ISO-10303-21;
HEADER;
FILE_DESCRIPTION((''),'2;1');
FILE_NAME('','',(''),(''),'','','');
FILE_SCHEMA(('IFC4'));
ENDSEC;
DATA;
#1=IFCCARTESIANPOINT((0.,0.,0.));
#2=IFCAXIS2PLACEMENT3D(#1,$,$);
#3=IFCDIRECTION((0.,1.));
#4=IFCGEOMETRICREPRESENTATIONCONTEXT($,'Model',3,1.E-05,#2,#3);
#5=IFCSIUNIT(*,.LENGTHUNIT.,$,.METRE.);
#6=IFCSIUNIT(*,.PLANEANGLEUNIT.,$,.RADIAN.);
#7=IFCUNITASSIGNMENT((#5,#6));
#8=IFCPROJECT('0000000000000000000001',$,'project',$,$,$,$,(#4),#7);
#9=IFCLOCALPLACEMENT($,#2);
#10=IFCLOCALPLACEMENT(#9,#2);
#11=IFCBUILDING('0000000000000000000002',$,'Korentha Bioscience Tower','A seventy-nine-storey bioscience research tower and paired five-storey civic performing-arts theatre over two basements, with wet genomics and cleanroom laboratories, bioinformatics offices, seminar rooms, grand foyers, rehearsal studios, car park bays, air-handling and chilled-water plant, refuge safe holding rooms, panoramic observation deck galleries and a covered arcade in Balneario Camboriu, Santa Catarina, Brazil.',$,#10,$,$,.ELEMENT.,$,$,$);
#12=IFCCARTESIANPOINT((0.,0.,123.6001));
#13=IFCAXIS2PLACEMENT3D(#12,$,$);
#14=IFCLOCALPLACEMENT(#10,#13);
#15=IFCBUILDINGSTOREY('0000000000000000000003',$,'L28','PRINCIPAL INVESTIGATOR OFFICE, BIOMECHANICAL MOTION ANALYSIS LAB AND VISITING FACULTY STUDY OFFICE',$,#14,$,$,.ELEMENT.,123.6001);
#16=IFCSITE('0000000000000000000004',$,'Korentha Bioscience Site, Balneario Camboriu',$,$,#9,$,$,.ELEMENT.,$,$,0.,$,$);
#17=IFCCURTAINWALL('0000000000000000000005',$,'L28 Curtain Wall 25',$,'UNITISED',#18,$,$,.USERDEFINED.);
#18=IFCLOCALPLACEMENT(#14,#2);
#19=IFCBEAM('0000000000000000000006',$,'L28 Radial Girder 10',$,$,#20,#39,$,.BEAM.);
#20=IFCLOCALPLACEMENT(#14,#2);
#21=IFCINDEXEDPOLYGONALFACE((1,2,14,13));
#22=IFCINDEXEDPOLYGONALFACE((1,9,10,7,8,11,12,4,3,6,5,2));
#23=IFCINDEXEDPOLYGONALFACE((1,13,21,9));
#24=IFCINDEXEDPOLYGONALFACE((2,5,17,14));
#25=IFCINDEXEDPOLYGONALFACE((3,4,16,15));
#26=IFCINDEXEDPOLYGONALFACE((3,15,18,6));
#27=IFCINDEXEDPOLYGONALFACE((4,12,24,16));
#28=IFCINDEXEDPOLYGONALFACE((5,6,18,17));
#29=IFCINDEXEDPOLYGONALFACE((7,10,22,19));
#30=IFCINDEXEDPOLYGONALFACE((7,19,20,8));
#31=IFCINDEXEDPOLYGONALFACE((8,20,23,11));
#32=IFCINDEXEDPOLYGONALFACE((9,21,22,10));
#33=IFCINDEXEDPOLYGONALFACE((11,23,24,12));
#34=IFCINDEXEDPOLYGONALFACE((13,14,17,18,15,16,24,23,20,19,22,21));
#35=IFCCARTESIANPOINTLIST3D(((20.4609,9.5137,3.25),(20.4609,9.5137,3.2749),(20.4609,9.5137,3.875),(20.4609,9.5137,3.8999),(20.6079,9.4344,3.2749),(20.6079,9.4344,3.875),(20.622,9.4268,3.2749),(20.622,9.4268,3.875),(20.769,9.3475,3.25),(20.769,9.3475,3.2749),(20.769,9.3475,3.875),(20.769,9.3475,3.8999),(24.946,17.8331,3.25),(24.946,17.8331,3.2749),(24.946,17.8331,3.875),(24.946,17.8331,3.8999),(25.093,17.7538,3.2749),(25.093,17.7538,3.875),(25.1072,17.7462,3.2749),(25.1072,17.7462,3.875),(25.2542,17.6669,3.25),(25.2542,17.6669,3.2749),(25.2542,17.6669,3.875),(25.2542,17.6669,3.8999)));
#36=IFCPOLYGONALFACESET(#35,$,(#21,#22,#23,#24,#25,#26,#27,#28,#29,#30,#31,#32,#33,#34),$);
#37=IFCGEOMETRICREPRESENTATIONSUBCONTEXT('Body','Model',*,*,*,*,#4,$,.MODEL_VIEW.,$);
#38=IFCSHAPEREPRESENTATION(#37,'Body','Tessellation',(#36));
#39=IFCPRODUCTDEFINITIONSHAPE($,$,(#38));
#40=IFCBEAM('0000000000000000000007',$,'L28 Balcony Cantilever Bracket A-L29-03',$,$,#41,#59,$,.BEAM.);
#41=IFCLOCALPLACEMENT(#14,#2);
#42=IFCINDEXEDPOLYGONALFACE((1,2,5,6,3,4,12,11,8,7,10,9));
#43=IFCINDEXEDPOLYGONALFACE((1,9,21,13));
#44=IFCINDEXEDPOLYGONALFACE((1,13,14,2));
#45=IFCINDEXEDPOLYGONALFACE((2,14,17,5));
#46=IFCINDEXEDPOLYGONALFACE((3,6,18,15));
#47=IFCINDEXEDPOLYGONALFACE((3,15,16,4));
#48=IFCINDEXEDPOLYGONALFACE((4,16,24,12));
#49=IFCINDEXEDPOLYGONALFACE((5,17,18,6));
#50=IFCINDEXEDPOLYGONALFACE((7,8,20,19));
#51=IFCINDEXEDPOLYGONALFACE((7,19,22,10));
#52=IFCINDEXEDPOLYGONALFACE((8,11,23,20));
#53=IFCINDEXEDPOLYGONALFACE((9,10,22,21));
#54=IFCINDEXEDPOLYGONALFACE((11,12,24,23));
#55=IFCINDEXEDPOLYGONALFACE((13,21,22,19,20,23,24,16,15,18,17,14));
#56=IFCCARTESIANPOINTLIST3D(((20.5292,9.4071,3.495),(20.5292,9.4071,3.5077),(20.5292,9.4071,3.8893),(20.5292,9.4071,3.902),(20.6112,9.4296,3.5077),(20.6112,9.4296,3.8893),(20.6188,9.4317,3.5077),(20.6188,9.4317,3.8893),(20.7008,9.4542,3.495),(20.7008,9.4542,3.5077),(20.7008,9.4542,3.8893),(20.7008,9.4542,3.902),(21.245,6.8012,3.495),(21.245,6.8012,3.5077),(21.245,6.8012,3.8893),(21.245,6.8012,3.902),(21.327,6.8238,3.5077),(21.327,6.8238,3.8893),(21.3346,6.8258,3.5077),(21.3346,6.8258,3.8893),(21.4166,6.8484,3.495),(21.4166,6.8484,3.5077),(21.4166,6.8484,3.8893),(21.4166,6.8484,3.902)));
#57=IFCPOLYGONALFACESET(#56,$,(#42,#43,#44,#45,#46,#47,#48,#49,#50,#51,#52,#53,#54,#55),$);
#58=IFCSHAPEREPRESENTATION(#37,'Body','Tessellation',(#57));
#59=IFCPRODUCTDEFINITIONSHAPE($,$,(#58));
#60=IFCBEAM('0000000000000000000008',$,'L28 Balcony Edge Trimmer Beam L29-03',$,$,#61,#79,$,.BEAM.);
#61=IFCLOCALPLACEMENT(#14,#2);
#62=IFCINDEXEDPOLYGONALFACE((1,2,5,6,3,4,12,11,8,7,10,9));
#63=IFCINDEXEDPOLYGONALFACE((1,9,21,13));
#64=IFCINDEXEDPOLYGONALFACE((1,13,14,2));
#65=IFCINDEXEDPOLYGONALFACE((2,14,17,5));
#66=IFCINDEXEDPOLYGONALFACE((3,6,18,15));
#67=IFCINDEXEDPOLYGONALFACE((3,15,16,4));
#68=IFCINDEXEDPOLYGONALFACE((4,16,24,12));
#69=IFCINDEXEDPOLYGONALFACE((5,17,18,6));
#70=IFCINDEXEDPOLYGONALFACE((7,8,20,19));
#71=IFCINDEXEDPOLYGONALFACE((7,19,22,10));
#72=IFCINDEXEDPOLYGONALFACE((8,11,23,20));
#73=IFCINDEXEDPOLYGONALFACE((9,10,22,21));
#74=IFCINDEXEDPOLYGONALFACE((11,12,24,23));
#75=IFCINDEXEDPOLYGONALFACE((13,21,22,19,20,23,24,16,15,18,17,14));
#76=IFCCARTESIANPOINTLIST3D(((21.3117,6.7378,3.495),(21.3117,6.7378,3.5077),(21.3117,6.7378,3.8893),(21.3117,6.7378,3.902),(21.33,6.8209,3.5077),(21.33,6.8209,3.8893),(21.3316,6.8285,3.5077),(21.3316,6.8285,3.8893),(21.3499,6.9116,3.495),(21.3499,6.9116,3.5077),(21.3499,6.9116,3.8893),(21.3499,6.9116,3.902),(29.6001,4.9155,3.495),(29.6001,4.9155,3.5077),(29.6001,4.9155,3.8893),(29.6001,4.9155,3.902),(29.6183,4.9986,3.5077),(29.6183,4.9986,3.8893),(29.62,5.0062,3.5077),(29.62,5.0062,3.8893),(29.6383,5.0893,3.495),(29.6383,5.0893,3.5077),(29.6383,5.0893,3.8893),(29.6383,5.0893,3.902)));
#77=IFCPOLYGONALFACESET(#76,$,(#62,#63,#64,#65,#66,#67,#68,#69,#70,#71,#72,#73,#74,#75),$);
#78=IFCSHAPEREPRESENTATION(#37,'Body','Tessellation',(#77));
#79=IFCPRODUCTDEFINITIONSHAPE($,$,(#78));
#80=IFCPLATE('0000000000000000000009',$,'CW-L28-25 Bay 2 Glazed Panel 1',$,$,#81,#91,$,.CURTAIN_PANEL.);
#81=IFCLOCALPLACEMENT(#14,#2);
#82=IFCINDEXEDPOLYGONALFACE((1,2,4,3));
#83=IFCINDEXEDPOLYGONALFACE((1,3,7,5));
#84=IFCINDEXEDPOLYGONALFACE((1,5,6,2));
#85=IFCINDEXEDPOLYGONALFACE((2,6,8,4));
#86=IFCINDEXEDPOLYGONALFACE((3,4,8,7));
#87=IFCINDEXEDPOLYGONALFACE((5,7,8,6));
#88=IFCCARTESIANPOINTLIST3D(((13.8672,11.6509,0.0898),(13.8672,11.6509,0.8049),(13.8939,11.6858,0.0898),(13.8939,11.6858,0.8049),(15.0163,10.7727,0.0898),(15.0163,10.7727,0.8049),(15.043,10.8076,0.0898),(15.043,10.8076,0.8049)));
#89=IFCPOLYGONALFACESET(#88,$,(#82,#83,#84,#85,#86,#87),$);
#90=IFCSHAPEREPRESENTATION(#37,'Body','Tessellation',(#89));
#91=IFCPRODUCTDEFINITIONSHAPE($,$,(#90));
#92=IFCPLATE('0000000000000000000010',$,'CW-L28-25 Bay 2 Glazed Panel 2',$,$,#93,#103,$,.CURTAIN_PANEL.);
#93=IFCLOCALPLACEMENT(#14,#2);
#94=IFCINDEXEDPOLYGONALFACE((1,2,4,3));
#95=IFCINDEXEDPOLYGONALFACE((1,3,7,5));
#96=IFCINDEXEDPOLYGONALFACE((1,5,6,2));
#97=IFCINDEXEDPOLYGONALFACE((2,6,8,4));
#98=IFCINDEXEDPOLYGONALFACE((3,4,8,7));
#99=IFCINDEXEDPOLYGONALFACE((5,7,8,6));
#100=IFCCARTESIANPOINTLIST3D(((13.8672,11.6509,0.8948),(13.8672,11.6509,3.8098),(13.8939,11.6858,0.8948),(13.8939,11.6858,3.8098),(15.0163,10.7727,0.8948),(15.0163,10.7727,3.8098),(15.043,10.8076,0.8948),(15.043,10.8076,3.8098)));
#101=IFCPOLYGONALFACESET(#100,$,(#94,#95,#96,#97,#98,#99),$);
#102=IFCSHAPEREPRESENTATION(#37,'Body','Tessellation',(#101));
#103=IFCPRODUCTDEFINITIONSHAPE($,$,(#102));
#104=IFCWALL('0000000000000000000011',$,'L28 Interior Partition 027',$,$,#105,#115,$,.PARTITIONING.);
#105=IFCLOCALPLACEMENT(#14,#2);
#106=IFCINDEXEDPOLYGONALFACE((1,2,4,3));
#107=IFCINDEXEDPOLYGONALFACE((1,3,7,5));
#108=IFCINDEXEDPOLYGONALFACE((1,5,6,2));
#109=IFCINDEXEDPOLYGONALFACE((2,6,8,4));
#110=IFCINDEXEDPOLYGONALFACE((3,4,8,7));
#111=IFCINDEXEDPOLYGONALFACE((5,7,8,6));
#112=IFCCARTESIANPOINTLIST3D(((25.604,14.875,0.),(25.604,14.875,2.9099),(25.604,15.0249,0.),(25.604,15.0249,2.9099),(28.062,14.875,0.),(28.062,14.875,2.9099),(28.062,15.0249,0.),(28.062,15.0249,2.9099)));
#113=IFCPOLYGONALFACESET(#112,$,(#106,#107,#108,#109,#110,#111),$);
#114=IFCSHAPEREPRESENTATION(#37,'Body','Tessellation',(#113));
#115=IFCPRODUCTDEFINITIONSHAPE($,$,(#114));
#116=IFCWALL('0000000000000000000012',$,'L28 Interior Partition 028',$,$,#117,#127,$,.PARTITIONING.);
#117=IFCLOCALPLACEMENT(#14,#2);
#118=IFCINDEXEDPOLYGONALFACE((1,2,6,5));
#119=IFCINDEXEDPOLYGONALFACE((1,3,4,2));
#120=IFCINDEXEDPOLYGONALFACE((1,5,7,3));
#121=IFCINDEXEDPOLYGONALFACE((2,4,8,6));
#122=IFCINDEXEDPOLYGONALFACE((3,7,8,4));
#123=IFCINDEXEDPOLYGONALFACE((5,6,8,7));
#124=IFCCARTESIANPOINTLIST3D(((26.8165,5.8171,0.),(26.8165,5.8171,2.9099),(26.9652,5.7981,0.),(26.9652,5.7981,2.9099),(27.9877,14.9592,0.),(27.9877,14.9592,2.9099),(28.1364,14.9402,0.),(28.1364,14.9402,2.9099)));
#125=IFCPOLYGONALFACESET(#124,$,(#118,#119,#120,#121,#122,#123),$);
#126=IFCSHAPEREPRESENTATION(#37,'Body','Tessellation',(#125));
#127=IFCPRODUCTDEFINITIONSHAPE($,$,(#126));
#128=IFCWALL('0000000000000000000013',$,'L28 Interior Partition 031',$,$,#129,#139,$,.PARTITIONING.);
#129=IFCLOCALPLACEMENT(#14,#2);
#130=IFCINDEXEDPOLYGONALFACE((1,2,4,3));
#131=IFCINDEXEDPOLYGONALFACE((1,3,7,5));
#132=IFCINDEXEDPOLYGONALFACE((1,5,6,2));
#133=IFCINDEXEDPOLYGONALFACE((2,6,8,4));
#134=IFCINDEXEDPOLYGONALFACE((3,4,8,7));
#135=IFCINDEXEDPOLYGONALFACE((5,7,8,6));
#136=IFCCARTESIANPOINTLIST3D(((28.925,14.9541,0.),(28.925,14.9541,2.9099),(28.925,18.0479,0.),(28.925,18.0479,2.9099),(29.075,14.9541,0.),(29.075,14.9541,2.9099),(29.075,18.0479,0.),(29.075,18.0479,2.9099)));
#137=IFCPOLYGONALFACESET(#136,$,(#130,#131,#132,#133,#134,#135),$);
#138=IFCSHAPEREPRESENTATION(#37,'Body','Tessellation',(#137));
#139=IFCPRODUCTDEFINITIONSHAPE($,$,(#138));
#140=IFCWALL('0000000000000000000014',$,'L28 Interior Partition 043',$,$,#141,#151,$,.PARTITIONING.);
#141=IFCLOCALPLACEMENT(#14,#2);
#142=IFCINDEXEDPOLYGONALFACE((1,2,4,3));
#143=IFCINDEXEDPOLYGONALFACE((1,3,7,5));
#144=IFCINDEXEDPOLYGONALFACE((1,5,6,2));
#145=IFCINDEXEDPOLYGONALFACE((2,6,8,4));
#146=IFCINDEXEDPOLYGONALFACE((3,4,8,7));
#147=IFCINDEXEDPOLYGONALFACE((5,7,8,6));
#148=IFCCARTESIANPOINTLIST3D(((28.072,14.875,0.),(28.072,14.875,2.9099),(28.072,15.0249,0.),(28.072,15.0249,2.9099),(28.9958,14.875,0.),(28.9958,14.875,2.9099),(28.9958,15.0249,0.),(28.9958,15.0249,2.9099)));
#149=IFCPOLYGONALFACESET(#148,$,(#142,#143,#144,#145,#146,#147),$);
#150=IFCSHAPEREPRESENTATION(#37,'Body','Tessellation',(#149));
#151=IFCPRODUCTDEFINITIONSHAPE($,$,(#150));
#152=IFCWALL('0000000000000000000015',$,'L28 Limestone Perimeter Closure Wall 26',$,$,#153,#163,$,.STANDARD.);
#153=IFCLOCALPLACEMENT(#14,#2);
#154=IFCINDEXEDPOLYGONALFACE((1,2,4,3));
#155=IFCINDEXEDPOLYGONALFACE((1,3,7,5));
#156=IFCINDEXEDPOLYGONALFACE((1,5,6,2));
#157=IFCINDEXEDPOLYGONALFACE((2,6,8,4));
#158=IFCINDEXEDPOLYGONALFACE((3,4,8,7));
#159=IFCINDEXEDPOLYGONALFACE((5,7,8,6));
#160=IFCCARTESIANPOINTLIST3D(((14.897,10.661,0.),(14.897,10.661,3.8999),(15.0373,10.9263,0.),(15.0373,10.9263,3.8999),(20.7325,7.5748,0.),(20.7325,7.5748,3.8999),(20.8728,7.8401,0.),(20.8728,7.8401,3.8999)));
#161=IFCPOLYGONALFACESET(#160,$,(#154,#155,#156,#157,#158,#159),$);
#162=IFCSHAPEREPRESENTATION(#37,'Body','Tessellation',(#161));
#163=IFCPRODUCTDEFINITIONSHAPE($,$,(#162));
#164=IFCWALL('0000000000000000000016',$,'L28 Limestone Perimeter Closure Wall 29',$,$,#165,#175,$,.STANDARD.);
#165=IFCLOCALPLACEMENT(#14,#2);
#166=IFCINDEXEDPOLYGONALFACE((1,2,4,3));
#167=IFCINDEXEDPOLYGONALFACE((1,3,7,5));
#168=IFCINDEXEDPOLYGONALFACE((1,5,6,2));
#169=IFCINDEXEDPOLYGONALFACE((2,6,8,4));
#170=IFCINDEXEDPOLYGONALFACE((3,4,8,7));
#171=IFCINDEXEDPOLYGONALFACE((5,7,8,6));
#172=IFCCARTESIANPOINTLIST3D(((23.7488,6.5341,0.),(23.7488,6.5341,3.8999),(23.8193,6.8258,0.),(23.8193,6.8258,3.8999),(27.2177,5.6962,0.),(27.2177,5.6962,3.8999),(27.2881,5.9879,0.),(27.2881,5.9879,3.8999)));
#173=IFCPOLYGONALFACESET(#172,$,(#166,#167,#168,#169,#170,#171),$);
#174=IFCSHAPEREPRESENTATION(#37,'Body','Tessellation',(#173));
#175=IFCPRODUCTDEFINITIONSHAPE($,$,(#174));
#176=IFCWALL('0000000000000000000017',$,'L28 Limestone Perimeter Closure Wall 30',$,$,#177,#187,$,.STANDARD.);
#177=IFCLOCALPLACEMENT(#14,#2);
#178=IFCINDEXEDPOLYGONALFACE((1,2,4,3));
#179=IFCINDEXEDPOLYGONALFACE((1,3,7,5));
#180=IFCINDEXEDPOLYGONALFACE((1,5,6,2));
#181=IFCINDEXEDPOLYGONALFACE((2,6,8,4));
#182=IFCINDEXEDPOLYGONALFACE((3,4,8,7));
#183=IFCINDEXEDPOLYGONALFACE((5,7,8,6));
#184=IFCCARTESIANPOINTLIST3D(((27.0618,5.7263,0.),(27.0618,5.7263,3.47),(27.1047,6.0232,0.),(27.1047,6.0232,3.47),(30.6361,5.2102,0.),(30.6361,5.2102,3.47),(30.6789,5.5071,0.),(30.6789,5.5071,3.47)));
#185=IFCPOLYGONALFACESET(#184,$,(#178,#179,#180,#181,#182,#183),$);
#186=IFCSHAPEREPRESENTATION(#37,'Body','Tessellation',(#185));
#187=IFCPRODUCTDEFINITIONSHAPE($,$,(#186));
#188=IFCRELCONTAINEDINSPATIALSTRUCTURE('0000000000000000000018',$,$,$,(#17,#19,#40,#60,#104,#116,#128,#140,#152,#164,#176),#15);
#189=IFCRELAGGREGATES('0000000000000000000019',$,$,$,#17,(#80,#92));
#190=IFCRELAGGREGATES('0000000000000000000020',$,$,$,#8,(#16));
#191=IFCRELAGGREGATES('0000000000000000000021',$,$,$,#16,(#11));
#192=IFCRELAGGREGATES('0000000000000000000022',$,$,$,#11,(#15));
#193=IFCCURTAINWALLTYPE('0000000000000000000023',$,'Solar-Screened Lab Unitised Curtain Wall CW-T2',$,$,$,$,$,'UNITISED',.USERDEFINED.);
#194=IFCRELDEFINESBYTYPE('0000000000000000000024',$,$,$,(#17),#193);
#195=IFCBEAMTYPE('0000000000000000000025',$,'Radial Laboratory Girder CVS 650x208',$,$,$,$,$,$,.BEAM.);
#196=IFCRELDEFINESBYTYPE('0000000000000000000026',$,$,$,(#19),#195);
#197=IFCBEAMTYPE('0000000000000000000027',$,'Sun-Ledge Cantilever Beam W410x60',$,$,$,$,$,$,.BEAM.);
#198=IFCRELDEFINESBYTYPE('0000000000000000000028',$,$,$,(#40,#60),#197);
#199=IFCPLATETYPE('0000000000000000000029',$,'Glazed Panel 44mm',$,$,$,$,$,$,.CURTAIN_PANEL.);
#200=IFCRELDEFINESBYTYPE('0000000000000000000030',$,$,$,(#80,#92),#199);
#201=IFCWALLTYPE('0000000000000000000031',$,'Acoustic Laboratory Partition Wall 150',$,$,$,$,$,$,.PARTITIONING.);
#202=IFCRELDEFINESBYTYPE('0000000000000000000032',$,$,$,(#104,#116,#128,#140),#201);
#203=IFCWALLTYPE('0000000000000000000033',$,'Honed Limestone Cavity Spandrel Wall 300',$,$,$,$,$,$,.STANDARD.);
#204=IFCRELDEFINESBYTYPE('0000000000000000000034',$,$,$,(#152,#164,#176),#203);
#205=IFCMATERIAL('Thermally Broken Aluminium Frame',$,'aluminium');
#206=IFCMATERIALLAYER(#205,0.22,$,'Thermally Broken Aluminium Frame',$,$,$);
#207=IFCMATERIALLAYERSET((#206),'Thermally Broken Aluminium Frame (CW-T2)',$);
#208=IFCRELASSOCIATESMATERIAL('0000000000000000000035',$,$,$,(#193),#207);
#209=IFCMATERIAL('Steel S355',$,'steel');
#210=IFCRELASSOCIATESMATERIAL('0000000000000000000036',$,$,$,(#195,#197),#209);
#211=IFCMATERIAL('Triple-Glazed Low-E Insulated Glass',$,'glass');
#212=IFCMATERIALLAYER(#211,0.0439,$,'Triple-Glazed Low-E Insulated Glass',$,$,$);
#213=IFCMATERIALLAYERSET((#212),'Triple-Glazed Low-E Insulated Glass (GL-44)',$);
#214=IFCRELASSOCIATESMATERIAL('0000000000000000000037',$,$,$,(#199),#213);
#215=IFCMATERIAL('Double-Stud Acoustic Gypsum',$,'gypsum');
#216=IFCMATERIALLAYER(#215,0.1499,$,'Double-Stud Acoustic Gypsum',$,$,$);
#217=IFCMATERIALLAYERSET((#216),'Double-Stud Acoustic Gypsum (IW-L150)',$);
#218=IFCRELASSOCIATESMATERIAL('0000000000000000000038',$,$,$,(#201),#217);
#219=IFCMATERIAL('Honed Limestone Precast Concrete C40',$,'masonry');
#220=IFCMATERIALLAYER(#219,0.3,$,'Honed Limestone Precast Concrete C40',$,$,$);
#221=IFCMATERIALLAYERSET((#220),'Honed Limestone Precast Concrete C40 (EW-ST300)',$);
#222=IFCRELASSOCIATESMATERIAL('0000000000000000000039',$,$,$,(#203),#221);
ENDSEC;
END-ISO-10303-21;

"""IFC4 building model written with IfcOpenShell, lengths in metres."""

from ifc_helpers import new_model, si_unit, direction, frame, frame_2d, origin, origin_2d, place, context, subcontext, project, spatial, rectangle, i_section, extrude, material, layer, layer_set, material_profile, profile_set, type_object, element, aggregate, save


model = new_model("IFC4")

# Units and contexts
model_context = context("Model", 3, precision=1e-05, world=origin(), true_north=direction((0.0, 1.0)))
body_context = subcontext(model_context, "Body", "Model", "MODEL_VIEW")
ifc_project = project(units=[si_unit("LENGTHUNIT", "METRE"), si_unit("PLANEANGLEUNIT", "RADIAN")], contexts=[model_context])

# Site, building, storey
site_placement = place(None, origin())
site = spatial("IfcSite", under=ifc_project, at=site_placement, Name="Korentha Bioscience Site, Balneario Camboriu", CompositionType="ELEMENT", RefElevation=0.0)
building_placement = place(site_placement, origin())
building = spatial("IfcBuilding", under=site, at=building_placement, Name="Korentha Bioscience Tower", Description="A seventy-nine-storey bioscience research tower and paired five-storey civic performing-arts theatre over two basements, with wet genomics and cleanroom laboratories, bioinformatics offices, seminar rooms, grand foyers, rehearsal studios, car park bays, air-handling and chilled-water plant, refuge safe holding rooms, panoramic observation deck galleries and a covered arcade in Balneario Camboriu, Santa Catarina, Brazil.", CompositionType="ELEMENT")
storey_placement = place(building_placement, frame((0.0, 0.0, 123.6001)))
storey = spatial("IfcBuildingStorey", under=building, at=storey_placement, Name="L28", Description="PRINCIPAL INVESTIGATOR OFFICE, BIOMECHANICAL MOTION ANALYSIS LAB AND VISITING FACULTY STUDY OFFICE", CompositionType="ELEMENT", Elevation=123.6001)

# Curtain wall
ifc_material_1 = material(Name="Thermally Broken Aluminium Frame", Category="aluminium")
ifc_layer_1 = layer(ifc_material_1, 0.22, Name="Thermally Broken Aluminium Frame")
ifc_layer_set_1 = layer_set([ifc_layer_1], Name="Thermally Broken Aluminium Frame (CW-T2)")
curtain_wall_type = type_object("IfcCurtainWallType", Name="Solar-Screened Lab Unitised Curtain Wall CW-T2", ElementType="UNITISED", PredefinedType="USERDEFINED", material=ifc_layer_set_1)
curtain_wall_placement = place(storey_placement, origin())
curtain_wall = element("IfcCurtainWall", 1, at=curtain_wall_placement, inside=storey, type_object=curtain_wall_type, Name="L28 Curtain Wall 25", ObjectType="UNITISED", PredefinedType="USERDEFINED")

# Beams
ifc_material_2 = material(Name="Steel S355", Category="steel")
ifc_material_profile_1 = material_profile(ifc_material_2, i_section(OverallWidth=0.3501, OverallDepth=0.6499, WebThickness=0.0161, FlangeThickness=0.0249, at=origin_2d()), Name="Steel S355")
ifc_profile_set_1 = profile_set([ifc_material_profile_1], Name="Steel S355 (RB-650)")
beam_type_1 = type_object("IfcBeamType", Name="Radial Laboratory Girder CVS 650x208", PredefinedType="BEAM", material=ifc_profile_set_1)
beam_1_placement = place(storey_placement, frame((25.1001, 17.75, 3.575), z_axis=(-0.474548, -0.88023, 0.0), x_axis=(0.88023, -0.474548, 0.0)))
element("IfcBeam", 2, at=beam_1_placement, inside=storey, type_object=beam_type_1, Name="L28 Radial Girder 10", PredefinedType="BEAM", context=body_context, shape_type="SweptSolid", body=[
    extrude(i_section(OverallWidth=0.3501, OverallDepth=0.6499, WebThickness=0.0161, FlangeThickness=0.0249, at=origin_2d()), origin(), (0.0, 0.0, 1.0), 9.4514),
])
ifc_material_profile_2 = material_profile(ifc_material_2, i_section(OverallWidth=0.178, OverallDepth=0.407, WebThickness=0.0078, FlangeThickness=0.0127, at=origin_2d()), Name="Steel S355")
ifc_profile_set_2 = profile_set([ifc_material_profile_2], Name="Steel S355 (CB-410)")
beam_type_2 = type_object("IfcBeamType", Name="Sun-Ledge Cantilever Beam W410x60", PredefinedType="BEAM", material=ifc_profile_set_2)
beam_2_placement = place(storey_placement, frame((20.615, 9.4307, 3.6985), z_axis=(0.264875, -0.964283, 0.0), x_axis=(0.964283, 0.264875, 0.0)))
element("IfcBeam", 3, at=beam_2_placement, inside=storey, type_object=beam_type_2, Name="L28 Balcony Cantilever Bracket A-L29-03", PredefinedType="BEAM", context=body_context, shape_type="SweptSolid", body=[
    extrude(i_section(OverallWidth=0.178, OverallDepth=0.407, WebThickness=0.0078, FlangeThickness=0.0127, at=origin_2d()), origin(), (0.0, 0.0, 1.0), 2.7024),
])
beam_3_placement = place(storey_placement, frame((21.3308, 6.8247, 3.6985), z_axis=(0.976673, -0.214731, 0.0), x_axis=(0.214731, 0.976673, 0.0)))
element("IfcBeam", 4, at=beam_3_placement, inside=storey, type_object=beam_type_2, Name="L28 Balcony Edge Trimmer Beam L29-03", PredefinedType="BEAM", context=body_context, shape_type="SweptSolid", body=[
    extrude(i_section(OverallWidth=0.178, OverallDepth=0.407, WebThickness=0.0078, FlangeThickness=0.0127, at=origin_2d()), origin(), (0.0, 0.0, 1.0), 8.4863),
])

# Plates
ifc_material_3 = material(Name="Triple-Glazed Low-E Insulated Glass", Category="glass")
ifc_layer_2 = layer(ifc_material_3, 0.0439, Name="Triple-Glazed Low-E Insulated Glass")
ifc_layer_set_2 = layer_set([ifc_layer_2], Name="Triple-Glazed Low-E Insulated Glass (GL-44)")
plate_type = type_object("IfcPlateType", Name="Glazed Panel 44mm", PredefinedType="CURTAIN_PANEL", material=ifc_layer_set_2)
plate_1_placement = place(storey_placement, frame((14.4551, 11.2292, 0.0898), z_axis=(0.0, 0.0, 1.0), x_axis=(0.7945, -0.607265, 0.0)))
plate_1 = element("IfcPlate", 5, at=plate_1_placement, type_object=plate_type, Name="CW-L28-25 Bay 2 Glazed Panel 1", PredefinedType="CURTAIN_PANEL", context=body_context, shape_type="SweptSolid", body=[
    extrude(rectangle(XDim=1.4463, YDim=0.0439, at=origin_2d()), origin(), (0.0, 0.0, 1.0), 0.7151),
])
plate_2_placement = place(storey_placement, frame((14.4551, 11.2292, 0.8948), z_axis=(0.0, 0.0, 1.0), x_axis=(0.7945, -0.607265, 0.0)))
plate_2 = element("IfcPlate", 6, at=plate_2_placement, type_object=plate_type, Name="CW-L28-25 Bay 2 Glazed Panel 2", PredefinedType="CURTAIN_PANEL", context=body_context, shape_type="SweptSolid", body=[
    extrude(rectangle(XDim=1.4463, YDim=0.0439, at=origin_2d()), origin(), (0.0, 0.0, 1.0), 2.915),
])
aggregate(curtain_wall, [plate_1, plate_2])

# Walls
ifc_material_4 = material(Name="Double-Stud Acoustic Gypsum", Category="gypsum")
ifc_layer_3 = layer(ifc_material_4, 0.1499, Name="Double-Stud Acoustic Gypsum")
ifc_layer_set_3 = layer_set([ifc_layer_3], Name="Double-Stud Acoustic Gypsum (IW-L150)")
wall_type_1 = type_object("IfcWallType", Name="Acoustic Laboratory Partition Wall 150", PredefinedType="PARTITIONING", material=ifc_layer_set_3)
wall_1_placement = place(storey_placement, frame((25.604, 14.95, 0.0), z_axis=(0.0, 0.0, 1.0), x_axis=(1.0, 0.0, 0.0)))
element("IfcWall", 7, at=wall_1_placement, inside=storey, type_object=wall_type_1, Name="L28 Interior Partition 027", PredefinedType="PARTITIONING", context=body_context, shape_type="SweptSolid", body=[
    extrude(rectangle(XDim=2.458, YDim=0.1499, at=frame_2d((1.229, 0.0))), origin(), (0.0, 0.0, 1.0), 2.9099),
])
wall_2_placement = place(storey_placement, frame((28.062, 14.9497, 0.0), z_axis=(0.0, 0.0, 1.0), x_axis=(-0.127066, -0.991894, 0.0)))
element("IfcWall", 8, at=wall_2_placement, inside=storey, type_object=wall_type_1, Name="L28 Interior Partition 028", PredefinedType="PARTITIONING", context=body_context, shape_type="SweptSolid", body=[
    extrude(rectangle(XDim=9.2168, YDim=0.1499, at=frame_2d((4.6084, 0.0))), origin(), (0.0, 0.0, 1.0), 2.9099),
])
wall_3_placement = place(storey_placement, frame((29.0, 14.9541, 0.0), z_axis=(0.0, 0.0, 1.0), x_axis=(0.0, 1.0, 0.0)))
element("IfcWall", 9, at=wall_3_placement, inside=storey, type_object=wall_type_1, Name="L28 Interior Partition 031", PredefinedType="PARTITIONING", context=body_context, shape_type="SweptSolid", body=[
    extrude(rectangle(XDim=3.0938, YDim=0.1499, at=frame_2d((1.5469, 0.0))), origin(), (0.0, 0.0, 1.0), 2.9099),
])
wall_4_placement = place(storey_placement, frame((28.072, 14.95, 0.0), z_axis=(0.0, 0.0, 1.0), x_axis=(1.0, 0.0, 0.0)))
element("IfcWall", 10, at=wall_4_placement, inside=storey, type_object=wall_type_1, Name="L28 Interior Partition 043", PredefinedType="PARTITIONING", context=body_context, shape_type="SweptSolid", body=[
    extrude(rectangle(XDim=0.9238, YDim=0.1499, at=frame_2d((0.4619, 0.0))), origin(), (0.0, 0.0, 1.0), 2.9099),
])

# Shared definitions
ifc_material_5 = material(Name="Honed Limestone Precast Concrete C40", Category="masonry")
ifc_layer_4 = layer(ifc_material_5, 0.3, Name="Honed Limestone Precast Concrete C40")
ifc_layer_set_4 = layer_set([ifc_layer_4], Name="Honed Limestone Precast Concrete C40 (EW-ST300)")
wall_type_2 = type_object("IfcWallType", Name="Honed Limestone Cavity Spandrel Wall 300", PredefinedType="STANDARD", material=ifc_layer_set_4)

# Walls
wall_5_placement = place(storey_placement, frame((14.967, 10.7937, 0.0), z_axis=(0.0, 0.0, 1.0), x_axis=(0.883987, -0.467512, 0.0)))
element("IfcWall", 11, at=wall_5_placement, inside=storey, type_object=wall_type_2, Name="L28 Limestone Perimeter Closure Wall 26", PredefinedType="STANDARD", context=body_context, shape_type="SweptSolid", body=[
    extrude(rectangle(XDim=6.6013, YDim=0.3, at=frame_2d((3.3008, 0.0))), origin(), (0.0, 0.0, 1.0), 3.8999),
])
wall_6_placement = place(storey_placement, frame((23.7842, 6.6799, 0.0), z_axis=(0.0, 0.0, 1.0), x_axis=(0.972043, -0.234801, 0.0)))
element("IfcWall", 12, at=wall_6_placement, inside=storey, type_object=wall_type_2, Name="L28 Limestone Perimeter Closure Wall 29", PredefinedType="STANDARD", context=body_context, shape_type="SweptSolid", body=[
    extrude(rectangle(XDim=3.5686, YDim=0.3, at=frame_2d((1.7842, 0.0))), origin(), (0.0, 0.0, 1.0), 3.8999),
])
wall_7_placement = place(storey_placement, frame((27.0833, 5.8748, 0.0), z_axis=(0.0, 0.0, 1.0), x_axis=(0.989735, -0.142917, 0.0)))
element("IfcWall", 13, at=wall_7_placement, inside=storey, type_object=wall_type_2, Name="L28 Limestone Perimeter Closure Wall 30", PredefinedType="STANDARD", context=body_context, shape_type="SweptSolid", body=[
    extrude(rectangle(XDim=3.6113, YDim=0.3, at=frame_2d((1.8057, 0.0))), origin(), (0.0, 0.0, 1.0), 3.47),
])

save(model, "model.ifc")
